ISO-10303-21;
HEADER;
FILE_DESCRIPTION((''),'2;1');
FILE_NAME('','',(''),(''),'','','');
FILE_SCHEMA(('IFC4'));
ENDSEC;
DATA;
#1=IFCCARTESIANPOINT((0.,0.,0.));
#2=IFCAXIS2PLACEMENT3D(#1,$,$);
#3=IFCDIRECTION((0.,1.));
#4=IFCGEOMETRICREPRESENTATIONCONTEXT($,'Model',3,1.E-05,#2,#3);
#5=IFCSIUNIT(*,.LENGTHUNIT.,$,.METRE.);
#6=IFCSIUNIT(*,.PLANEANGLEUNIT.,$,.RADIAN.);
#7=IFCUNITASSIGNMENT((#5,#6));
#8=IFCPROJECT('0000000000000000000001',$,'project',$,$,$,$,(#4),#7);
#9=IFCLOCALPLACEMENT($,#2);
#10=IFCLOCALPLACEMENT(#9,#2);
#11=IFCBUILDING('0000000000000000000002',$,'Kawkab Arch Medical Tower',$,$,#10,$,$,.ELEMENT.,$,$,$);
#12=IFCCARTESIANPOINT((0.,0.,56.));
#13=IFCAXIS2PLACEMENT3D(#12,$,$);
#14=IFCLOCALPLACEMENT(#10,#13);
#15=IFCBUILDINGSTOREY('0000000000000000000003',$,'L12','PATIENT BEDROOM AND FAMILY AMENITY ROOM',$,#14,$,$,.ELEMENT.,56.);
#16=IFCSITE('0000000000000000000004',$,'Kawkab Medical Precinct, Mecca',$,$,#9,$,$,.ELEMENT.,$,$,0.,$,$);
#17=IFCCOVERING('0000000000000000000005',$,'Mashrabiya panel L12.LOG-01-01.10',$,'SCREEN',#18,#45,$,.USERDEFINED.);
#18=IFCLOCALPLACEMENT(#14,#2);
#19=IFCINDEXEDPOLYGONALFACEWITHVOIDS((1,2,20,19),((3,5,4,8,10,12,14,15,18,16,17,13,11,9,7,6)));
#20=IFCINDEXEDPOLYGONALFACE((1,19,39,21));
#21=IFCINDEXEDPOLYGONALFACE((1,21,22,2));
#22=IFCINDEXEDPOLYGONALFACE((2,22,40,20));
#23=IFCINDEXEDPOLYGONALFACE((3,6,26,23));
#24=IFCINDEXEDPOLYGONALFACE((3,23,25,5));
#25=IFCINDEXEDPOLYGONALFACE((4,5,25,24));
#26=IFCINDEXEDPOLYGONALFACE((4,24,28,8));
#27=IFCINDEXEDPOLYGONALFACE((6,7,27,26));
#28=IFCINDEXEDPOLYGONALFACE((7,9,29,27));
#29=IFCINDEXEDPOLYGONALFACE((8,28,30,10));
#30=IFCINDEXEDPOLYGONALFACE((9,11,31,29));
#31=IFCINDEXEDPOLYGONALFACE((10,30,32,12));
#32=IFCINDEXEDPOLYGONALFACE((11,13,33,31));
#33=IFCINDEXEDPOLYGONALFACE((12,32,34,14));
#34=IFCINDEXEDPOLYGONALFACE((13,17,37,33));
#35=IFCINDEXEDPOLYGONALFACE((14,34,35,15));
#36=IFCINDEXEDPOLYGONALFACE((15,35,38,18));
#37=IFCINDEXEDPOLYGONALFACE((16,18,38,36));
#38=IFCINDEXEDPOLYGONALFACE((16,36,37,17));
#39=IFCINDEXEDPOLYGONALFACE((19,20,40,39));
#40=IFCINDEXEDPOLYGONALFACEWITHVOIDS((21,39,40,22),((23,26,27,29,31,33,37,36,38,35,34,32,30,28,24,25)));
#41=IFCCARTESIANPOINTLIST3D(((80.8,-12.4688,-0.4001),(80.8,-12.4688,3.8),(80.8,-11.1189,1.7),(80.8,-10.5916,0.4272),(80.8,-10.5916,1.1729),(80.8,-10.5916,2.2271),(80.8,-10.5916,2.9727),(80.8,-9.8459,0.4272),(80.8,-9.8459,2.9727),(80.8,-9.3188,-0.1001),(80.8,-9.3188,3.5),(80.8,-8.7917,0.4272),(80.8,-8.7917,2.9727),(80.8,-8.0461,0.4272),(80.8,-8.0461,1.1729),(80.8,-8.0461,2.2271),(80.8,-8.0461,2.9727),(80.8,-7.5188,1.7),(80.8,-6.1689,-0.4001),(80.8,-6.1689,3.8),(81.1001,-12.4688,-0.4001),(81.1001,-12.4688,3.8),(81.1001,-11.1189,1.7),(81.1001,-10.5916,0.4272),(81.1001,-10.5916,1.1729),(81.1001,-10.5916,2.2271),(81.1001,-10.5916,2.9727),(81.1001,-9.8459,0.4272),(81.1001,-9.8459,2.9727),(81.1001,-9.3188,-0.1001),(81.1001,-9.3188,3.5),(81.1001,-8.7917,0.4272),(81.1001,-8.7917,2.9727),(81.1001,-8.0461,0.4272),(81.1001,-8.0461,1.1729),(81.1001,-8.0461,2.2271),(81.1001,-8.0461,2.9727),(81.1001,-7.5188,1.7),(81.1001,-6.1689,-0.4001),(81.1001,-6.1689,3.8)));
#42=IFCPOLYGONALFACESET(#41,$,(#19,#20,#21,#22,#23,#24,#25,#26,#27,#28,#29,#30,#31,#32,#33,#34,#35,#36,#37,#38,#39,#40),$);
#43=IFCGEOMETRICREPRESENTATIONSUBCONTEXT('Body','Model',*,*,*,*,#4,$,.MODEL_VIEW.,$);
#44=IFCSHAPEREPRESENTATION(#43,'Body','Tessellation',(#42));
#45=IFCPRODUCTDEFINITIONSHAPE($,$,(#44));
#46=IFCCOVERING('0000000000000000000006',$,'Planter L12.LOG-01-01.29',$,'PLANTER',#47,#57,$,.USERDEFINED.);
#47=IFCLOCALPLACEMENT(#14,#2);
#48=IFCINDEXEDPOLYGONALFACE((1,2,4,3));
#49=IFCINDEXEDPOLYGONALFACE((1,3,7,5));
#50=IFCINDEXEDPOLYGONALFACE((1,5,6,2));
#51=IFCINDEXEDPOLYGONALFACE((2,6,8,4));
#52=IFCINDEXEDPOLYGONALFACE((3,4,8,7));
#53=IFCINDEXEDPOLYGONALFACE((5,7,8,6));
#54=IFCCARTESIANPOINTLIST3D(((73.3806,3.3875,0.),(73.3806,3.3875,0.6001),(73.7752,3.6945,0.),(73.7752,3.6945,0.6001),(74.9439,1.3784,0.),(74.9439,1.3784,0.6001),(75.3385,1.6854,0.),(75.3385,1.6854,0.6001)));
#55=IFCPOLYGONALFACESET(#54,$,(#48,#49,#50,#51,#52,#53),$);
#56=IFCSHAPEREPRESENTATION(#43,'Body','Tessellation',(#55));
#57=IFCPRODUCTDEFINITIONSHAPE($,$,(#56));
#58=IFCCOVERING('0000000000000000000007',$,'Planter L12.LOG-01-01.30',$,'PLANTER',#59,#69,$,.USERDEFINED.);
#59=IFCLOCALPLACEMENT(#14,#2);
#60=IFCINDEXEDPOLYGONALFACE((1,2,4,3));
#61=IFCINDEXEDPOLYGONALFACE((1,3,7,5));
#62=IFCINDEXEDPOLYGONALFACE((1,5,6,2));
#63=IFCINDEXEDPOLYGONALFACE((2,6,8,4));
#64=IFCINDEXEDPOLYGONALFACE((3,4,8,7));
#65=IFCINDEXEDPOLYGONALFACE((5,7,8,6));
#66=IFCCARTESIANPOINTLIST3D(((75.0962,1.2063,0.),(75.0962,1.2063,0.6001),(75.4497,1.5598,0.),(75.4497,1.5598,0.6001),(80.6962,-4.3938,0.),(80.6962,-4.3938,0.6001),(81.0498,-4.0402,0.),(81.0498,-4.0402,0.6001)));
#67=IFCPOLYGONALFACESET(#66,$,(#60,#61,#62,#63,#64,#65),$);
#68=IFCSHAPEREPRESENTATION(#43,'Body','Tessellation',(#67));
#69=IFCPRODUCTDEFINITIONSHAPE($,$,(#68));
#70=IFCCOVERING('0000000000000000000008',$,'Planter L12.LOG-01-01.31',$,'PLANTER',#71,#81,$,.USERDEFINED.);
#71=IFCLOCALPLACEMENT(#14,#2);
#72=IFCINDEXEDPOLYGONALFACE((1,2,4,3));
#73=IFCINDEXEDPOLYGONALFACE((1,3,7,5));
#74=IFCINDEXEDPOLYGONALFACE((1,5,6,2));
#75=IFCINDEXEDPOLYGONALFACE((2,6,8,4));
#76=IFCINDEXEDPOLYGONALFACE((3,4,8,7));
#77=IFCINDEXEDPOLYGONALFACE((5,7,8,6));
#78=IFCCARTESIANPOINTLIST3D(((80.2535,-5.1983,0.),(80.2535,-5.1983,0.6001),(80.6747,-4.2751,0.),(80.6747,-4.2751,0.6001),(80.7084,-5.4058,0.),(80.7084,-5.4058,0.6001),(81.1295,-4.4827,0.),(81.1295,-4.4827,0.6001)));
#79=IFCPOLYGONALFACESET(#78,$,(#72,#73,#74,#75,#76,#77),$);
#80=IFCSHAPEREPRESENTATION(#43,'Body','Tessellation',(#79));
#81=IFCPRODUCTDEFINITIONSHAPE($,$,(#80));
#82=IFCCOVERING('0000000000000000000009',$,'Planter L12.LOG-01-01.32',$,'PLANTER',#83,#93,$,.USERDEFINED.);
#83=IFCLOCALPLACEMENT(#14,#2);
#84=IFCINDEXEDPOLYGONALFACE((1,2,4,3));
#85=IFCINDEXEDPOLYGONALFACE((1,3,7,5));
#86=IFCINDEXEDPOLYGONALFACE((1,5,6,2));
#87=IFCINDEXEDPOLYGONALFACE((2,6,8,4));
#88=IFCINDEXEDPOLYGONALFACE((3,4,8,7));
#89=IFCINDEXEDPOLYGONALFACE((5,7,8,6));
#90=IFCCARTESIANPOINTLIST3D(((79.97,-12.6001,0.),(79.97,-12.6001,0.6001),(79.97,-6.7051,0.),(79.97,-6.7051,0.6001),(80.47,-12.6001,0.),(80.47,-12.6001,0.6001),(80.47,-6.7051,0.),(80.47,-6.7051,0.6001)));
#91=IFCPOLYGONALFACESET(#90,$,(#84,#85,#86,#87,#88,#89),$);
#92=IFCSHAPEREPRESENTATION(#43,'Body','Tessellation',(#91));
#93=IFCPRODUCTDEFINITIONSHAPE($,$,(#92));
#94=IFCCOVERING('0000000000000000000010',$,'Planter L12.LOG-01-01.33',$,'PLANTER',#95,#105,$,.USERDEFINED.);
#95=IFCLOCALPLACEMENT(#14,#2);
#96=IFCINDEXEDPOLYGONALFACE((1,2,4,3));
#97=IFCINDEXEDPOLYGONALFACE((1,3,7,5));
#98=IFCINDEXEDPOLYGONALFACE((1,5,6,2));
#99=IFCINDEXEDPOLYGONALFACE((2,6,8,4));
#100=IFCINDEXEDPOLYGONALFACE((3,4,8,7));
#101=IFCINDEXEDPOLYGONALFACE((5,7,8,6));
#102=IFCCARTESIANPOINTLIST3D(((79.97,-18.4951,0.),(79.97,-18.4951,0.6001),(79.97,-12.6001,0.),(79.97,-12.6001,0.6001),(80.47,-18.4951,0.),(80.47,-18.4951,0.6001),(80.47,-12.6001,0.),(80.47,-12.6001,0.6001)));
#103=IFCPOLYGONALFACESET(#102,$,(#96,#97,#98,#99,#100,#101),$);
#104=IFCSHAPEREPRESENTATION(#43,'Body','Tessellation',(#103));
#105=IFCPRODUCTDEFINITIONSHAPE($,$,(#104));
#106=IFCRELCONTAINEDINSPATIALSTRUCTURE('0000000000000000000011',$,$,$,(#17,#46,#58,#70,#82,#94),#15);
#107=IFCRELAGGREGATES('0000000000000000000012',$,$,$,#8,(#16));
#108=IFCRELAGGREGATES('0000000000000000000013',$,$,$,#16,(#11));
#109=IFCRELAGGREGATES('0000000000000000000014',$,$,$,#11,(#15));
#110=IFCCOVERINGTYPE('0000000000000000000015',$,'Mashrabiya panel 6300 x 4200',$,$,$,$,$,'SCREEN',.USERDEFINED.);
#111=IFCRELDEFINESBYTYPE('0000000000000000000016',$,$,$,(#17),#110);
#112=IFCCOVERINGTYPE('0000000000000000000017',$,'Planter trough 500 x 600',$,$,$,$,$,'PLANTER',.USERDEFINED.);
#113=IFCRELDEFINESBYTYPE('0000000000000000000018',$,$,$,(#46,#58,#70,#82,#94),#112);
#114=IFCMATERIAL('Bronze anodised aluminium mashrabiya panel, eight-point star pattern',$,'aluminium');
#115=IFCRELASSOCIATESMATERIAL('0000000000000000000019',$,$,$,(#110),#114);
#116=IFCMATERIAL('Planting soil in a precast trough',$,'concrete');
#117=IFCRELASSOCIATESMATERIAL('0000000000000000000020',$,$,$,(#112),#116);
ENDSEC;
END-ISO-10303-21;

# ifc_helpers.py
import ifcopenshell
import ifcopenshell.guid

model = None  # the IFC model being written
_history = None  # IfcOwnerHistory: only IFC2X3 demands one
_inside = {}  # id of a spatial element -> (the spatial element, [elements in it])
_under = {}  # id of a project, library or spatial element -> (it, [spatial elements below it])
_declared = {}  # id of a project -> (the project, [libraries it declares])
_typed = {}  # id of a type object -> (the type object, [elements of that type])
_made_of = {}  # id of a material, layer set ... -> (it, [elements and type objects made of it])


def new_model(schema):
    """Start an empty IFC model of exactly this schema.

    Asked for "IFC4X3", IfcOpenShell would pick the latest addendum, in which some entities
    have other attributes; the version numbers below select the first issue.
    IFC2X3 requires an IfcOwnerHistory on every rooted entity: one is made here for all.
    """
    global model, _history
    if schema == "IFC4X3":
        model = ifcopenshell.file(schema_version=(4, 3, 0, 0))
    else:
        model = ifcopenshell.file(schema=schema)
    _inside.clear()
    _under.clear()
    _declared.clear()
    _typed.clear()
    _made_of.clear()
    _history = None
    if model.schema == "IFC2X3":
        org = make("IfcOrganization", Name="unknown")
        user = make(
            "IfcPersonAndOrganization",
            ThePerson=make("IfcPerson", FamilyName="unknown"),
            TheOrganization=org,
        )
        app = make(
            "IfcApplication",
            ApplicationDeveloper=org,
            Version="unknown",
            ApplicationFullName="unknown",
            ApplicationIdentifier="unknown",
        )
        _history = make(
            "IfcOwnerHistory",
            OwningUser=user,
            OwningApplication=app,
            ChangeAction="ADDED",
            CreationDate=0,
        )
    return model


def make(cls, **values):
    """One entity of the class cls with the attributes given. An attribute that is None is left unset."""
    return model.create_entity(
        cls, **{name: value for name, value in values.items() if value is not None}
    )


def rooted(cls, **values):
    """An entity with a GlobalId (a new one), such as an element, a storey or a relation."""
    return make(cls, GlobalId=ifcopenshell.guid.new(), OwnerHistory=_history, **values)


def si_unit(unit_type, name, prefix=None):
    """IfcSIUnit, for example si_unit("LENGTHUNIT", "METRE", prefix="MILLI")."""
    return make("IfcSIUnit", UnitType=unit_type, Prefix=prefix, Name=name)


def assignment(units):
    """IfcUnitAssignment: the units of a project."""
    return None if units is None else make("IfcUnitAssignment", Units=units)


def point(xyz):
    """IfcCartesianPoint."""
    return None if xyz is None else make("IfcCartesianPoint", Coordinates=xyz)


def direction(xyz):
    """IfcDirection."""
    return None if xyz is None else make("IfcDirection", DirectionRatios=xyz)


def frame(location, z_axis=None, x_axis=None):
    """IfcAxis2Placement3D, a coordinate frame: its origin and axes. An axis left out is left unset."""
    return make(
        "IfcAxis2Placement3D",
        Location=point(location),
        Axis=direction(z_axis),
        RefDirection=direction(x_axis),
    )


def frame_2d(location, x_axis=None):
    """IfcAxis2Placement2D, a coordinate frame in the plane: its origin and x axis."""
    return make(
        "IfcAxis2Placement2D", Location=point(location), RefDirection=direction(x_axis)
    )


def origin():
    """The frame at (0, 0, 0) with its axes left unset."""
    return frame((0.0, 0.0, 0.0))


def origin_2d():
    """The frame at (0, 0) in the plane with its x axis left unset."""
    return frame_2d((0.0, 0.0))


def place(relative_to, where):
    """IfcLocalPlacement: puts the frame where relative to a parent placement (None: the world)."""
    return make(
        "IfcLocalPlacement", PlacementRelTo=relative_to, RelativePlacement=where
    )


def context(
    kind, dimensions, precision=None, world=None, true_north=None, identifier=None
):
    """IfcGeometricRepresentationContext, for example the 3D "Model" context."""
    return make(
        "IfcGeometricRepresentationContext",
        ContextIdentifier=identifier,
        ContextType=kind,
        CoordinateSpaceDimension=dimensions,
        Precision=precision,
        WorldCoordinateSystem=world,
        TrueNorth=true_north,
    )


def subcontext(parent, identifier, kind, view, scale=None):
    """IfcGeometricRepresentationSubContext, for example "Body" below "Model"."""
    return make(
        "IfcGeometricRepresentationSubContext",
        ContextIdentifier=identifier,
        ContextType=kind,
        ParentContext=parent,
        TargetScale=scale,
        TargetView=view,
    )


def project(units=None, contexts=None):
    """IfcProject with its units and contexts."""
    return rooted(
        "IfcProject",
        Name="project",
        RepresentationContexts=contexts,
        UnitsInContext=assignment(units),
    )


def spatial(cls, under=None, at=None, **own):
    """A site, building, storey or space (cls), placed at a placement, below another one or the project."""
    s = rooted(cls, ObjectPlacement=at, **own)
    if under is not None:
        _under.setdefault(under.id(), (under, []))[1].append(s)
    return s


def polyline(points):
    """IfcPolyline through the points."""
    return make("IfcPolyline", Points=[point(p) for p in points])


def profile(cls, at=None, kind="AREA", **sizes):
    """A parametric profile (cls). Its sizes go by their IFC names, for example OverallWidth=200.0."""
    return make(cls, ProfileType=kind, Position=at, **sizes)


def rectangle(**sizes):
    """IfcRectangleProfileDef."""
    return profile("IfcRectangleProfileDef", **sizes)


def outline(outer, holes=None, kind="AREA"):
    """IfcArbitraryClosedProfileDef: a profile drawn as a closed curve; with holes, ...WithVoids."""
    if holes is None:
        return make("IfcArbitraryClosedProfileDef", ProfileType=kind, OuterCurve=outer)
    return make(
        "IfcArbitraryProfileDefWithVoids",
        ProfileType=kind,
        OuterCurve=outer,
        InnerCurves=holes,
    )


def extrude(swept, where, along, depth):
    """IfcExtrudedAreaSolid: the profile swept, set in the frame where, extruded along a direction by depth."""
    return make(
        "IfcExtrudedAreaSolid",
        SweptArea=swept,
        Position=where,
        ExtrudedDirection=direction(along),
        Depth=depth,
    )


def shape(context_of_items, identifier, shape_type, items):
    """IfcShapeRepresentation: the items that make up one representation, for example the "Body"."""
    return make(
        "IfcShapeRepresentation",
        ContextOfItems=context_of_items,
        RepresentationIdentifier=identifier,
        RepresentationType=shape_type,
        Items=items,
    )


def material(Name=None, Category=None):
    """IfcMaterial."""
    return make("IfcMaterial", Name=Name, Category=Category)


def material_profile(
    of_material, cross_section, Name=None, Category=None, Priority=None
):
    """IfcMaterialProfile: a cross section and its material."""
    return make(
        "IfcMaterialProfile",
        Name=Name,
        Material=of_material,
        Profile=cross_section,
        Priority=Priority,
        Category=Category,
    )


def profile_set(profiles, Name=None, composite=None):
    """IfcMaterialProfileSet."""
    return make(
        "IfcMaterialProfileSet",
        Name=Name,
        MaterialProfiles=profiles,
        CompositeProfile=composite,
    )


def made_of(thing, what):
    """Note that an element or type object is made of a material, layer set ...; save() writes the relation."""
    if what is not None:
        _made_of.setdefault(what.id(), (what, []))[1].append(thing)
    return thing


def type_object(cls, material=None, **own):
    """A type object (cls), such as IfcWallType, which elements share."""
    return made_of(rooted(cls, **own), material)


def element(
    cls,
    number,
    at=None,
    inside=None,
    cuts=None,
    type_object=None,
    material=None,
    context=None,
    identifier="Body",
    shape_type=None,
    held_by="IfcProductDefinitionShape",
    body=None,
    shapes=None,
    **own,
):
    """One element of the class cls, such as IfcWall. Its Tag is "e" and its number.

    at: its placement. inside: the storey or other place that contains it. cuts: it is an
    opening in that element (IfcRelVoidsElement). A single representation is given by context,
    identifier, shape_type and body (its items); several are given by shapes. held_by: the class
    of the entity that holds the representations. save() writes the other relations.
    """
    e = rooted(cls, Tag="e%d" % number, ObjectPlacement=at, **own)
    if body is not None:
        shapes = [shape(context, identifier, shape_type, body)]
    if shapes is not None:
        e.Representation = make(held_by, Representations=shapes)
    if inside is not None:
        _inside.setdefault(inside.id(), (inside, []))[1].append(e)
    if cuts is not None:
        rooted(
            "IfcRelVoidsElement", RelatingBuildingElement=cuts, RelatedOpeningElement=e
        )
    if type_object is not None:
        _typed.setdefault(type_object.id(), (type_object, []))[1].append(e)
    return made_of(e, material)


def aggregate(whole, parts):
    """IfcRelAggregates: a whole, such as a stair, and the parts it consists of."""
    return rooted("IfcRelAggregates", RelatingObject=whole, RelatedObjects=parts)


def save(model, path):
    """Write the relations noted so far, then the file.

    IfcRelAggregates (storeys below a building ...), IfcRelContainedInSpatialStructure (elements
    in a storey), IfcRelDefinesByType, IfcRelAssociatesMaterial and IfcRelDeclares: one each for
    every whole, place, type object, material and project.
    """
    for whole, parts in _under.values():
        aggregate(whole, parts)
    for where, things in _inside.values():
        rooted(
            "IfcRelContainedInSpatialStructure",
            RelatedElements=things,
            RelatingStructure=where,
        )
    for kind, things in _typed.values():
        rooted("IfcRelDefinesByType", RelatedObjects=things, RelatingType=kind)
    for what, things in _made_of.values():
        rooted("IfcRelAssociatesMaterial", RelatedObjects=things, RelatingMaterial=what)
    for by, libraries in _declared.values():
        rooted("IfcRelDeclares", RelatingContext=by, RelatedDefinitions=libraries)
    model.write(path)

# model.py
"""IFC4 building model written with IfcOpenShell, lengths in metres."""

from ifc_helpers import new_model, si_unit, direction, frame, origin, origin_2d, place, context, subcontext, project, spatial, polyline, rectangle, outline, extrude, material, material_profile, profile_set, type_object, element, save


model = new_model("IFC4")

# Units and contexts
model_context = context("Model", 3, precision=1e-05, world=origin(), true_north=direction((0.0, 1.0)))
body_context = subcontext(model_context, "Body", "Model", "MODEL_VIEW")
ifc_project = project(units=[si_unit("LENGTHUNIT", "METRE"), si_unit("PLANEANGLEUNIT", "RADIAN")], contexts=[model_context])

# Site, building, storey
site_placement = place(None, origin())
site = spatial("IfcSite", under=ifc_project, at=site_placement, Name="Kawkab Medical Precinct, Mecca", CompositionType="ELEMENT", RefElevation=0.0)
building_placement = place(site_placement, origin())
building = spatial("IfcBuilding", under=site, at=building_placement, Name="Kawkab Arch Medical Tower", CompositionType="ELEMENT")
storey_placement = place(building_placement, frame((0.0, 0.0, 56.0)))
storey = spatial("IfcBuildingStorey", under=building, at=storey_placement, Name="L12", Description="PATIENT BEDROOM AND FAMILY AMENITY ROOM", CompositionType="ELEMENT", Elevation=56.0)

# Coverings
ifc_material_1 = material(Name="Bronze anodised aluminium mashrabiya panel, eight-point star pattern", Category="aluminium")
ifc_material_profile_1 = material_profile(ifc_material_1, outline(polyline([(-3.1499, -2.1001), (3.1499, -2.1001), (3.1499, 2.1001), (-3.1499, 2.1001), (-3.1499, -2.1001)]), holes=[polyline([(1.8, 0.0), (1.2727, 0.5271), (1.2727, 1.2727), (0.5271, 1.2727), (0.0, 1.8), (-0.5271, 1.2727), (-1.2727, 1.2727), (-1.2727, 0.5271), (-1.8, 0.0), (-1.2727, -0.5271), (-1.2727, -1.2727), (-0.5271, -1.2727), (0.0, -1.8), (0.5271, -1.2727), (1.2727, -1.2727), (1.2727, -0.5271), (1.8, 0.0)])]), Name="Mashrabiya panel 6300x4200")
ifc_profile_set_1 = profile_set([ifc_material_profile_1], Name="Bronze anodised aluminium mashrabiya panel, eight-point star pattern")
covering_type_1 = type_object("IfcCoveringType", Name="Mashrabiya panel 6300 x 4200", ElementType="SCREEN", PredefinedType="USERDEFINED", material=ifc_profile_set_1)
covering_1_placement = place(storey_placement, frame((80.8, -9.3188, 1.7), z_axis=(1.0, 0.0, 0.0), x_axis=(0.0, 1.0, 0.0)))
element("IfcCovering", 1, at=covering_1_placement, inside=storey, type_object=covering_type_1, Name="Mashrabiya panel L12.LOG-01-01.10", ObjectType="SCREEN", PredefinedType="USERDEFINED", context=body_context, shape_type="SweptSolid", body=[
    extrude(outline(polyline([(-3.1499, -2.1001), (3.1499, -2.1001), (3.1499, 2.1001), (-3.1499, 2.1001), (-3.1499, -2.1001)]), holes=[polyline([(1.8, 0.0), (1.2727, 0.5271), (1.2727, 1.2727), (0.5271, 1.2727), (0.0, 1.8), (-0.5271, 1.2727), (-1.2727, 1.2727), (-1.2727, 0.5271), (-1.8, 0.0), (-1.2727, -0.5271), (-1.2727, -1.2727), (-0.5271, -1.2727), (0.0, -1.8), (0.5271, -1.2727), (1.2727, -1.2727), (1.2727, -0.5271), (1.8, 0.0)])]), origin(), (0.0, 0.0, 1.0), 0.3),
])
ifc_material_2 = material(Name="Planting soil in a precast trough", Category="concrete")
ifc_material_profile_2 = material_profile(ifc_material_2, rectangle(XDim=0.5, YDim=0.6001, at=origin_2d()), Name="Trough 500x600")
ifc_profile_set_2 = profile_set([ifc_material_profile_2], Name="Planting soil in a precast trough")
covering_type_2 = type_object("IfcCoveringType", Name="Planter trough 500 x 600", ElementType="PLANTER", PredefinedType="USERDEFINED", material=ifc_profile_set_2)
covering_2_placement = place(storey_placement, frame((73.5779, 3.541, 0.3), z_axis=(0.6141, -0.789228, 0.0), x_axis=(0.789228, 0.6141, 0.0)))
element("IfcCovering", 2, at=covering_2_placement, inside=storey, type_object=covering_type_2, Name="Planter L12.LOG-01-01.29", ObjectType="PLANTER", PredefinedType="USERDEFINED", context=body_context, shape_type="SweptSolid", body=[
    extrude(rectangle(XDim=0.5, YDim=0.6001, at=origin_2d()), origin(), (0.0, 0.0, 1.0), 2.5457),
])
covering_3_placement = place(storey_placement, frame((75.2729, 1.3831, 0.3), z_axis=(0.707107, -0.707107, 0.0), x_axis=(0.707107, 0.707107, 0.0)))
element("IfcCovering", 3, at=covering_3_placement, inside=storey, type_object=covering_type_2, Name="Planter L12.LOG-01-01.30", ObjectType="PLANTER", PredefinedType="USERDEFINED", context=body_context, shape_type="SweptSolid", body=[
    extrude(rectangle(XDim=0.5, YDim=0.6001, at=origin_2d()), origin(), (0.0, 0.0, 1.0), 7.9197),
])
covering_4_placement = place(storey_placement, frame((80.9021, -4.3789, 0.3), z_axis=(-0.415072, -0.909789, 0.0), x_axis=(0.909789, -0.415072, 0.0)))
element("IfcCovering", 4, at=covering_4_placement, inside=storey, type_object=covering_type_2, Name="Planter L12.LOG-01-01.31", ObjectType="PLANTER", PredefinedType="USERDEFINED", context=body_context, shape_type="SweptSolid", body=[
    extrude(rectangle(XDim=0.5, YDim=0.6001, at=origin_2d()), origin(), (0.0, 0.0, 1.0), 1.0146),
])
for number, where, z_axis, x_axis, name in (
    (5, (80.22, -6.7051, 0.3), (0.0, -1.0, 0.0), (1.0, 0.0, 0.0), "Planter L12.LOG-01-01.32"),
    (6, (80.22, -12.6001, 0.3), (0.0, -1.0, 0.0), (1.0, 0.0, 0.0), "Planter L12.LOG-01-01.33"),
):
    element("IfcCovering", number, at=place(storey_placement, frame(where, z_axis=z_axis, x_axis=x_axis)), inside=storey, type_object=covering_type_2, Name=name, ObjectType="PLANTER", PredefinedType="USERDEFINED", context=body_context, shape_type="SweptSolid", body=[
        extrude(rectangle(XDim=0.5, YDim=0.6001, at=origin_2d()), origin(), (0.0, 0.0, 1.0), 5.895),
    ])

save(model, "model.ifc")
